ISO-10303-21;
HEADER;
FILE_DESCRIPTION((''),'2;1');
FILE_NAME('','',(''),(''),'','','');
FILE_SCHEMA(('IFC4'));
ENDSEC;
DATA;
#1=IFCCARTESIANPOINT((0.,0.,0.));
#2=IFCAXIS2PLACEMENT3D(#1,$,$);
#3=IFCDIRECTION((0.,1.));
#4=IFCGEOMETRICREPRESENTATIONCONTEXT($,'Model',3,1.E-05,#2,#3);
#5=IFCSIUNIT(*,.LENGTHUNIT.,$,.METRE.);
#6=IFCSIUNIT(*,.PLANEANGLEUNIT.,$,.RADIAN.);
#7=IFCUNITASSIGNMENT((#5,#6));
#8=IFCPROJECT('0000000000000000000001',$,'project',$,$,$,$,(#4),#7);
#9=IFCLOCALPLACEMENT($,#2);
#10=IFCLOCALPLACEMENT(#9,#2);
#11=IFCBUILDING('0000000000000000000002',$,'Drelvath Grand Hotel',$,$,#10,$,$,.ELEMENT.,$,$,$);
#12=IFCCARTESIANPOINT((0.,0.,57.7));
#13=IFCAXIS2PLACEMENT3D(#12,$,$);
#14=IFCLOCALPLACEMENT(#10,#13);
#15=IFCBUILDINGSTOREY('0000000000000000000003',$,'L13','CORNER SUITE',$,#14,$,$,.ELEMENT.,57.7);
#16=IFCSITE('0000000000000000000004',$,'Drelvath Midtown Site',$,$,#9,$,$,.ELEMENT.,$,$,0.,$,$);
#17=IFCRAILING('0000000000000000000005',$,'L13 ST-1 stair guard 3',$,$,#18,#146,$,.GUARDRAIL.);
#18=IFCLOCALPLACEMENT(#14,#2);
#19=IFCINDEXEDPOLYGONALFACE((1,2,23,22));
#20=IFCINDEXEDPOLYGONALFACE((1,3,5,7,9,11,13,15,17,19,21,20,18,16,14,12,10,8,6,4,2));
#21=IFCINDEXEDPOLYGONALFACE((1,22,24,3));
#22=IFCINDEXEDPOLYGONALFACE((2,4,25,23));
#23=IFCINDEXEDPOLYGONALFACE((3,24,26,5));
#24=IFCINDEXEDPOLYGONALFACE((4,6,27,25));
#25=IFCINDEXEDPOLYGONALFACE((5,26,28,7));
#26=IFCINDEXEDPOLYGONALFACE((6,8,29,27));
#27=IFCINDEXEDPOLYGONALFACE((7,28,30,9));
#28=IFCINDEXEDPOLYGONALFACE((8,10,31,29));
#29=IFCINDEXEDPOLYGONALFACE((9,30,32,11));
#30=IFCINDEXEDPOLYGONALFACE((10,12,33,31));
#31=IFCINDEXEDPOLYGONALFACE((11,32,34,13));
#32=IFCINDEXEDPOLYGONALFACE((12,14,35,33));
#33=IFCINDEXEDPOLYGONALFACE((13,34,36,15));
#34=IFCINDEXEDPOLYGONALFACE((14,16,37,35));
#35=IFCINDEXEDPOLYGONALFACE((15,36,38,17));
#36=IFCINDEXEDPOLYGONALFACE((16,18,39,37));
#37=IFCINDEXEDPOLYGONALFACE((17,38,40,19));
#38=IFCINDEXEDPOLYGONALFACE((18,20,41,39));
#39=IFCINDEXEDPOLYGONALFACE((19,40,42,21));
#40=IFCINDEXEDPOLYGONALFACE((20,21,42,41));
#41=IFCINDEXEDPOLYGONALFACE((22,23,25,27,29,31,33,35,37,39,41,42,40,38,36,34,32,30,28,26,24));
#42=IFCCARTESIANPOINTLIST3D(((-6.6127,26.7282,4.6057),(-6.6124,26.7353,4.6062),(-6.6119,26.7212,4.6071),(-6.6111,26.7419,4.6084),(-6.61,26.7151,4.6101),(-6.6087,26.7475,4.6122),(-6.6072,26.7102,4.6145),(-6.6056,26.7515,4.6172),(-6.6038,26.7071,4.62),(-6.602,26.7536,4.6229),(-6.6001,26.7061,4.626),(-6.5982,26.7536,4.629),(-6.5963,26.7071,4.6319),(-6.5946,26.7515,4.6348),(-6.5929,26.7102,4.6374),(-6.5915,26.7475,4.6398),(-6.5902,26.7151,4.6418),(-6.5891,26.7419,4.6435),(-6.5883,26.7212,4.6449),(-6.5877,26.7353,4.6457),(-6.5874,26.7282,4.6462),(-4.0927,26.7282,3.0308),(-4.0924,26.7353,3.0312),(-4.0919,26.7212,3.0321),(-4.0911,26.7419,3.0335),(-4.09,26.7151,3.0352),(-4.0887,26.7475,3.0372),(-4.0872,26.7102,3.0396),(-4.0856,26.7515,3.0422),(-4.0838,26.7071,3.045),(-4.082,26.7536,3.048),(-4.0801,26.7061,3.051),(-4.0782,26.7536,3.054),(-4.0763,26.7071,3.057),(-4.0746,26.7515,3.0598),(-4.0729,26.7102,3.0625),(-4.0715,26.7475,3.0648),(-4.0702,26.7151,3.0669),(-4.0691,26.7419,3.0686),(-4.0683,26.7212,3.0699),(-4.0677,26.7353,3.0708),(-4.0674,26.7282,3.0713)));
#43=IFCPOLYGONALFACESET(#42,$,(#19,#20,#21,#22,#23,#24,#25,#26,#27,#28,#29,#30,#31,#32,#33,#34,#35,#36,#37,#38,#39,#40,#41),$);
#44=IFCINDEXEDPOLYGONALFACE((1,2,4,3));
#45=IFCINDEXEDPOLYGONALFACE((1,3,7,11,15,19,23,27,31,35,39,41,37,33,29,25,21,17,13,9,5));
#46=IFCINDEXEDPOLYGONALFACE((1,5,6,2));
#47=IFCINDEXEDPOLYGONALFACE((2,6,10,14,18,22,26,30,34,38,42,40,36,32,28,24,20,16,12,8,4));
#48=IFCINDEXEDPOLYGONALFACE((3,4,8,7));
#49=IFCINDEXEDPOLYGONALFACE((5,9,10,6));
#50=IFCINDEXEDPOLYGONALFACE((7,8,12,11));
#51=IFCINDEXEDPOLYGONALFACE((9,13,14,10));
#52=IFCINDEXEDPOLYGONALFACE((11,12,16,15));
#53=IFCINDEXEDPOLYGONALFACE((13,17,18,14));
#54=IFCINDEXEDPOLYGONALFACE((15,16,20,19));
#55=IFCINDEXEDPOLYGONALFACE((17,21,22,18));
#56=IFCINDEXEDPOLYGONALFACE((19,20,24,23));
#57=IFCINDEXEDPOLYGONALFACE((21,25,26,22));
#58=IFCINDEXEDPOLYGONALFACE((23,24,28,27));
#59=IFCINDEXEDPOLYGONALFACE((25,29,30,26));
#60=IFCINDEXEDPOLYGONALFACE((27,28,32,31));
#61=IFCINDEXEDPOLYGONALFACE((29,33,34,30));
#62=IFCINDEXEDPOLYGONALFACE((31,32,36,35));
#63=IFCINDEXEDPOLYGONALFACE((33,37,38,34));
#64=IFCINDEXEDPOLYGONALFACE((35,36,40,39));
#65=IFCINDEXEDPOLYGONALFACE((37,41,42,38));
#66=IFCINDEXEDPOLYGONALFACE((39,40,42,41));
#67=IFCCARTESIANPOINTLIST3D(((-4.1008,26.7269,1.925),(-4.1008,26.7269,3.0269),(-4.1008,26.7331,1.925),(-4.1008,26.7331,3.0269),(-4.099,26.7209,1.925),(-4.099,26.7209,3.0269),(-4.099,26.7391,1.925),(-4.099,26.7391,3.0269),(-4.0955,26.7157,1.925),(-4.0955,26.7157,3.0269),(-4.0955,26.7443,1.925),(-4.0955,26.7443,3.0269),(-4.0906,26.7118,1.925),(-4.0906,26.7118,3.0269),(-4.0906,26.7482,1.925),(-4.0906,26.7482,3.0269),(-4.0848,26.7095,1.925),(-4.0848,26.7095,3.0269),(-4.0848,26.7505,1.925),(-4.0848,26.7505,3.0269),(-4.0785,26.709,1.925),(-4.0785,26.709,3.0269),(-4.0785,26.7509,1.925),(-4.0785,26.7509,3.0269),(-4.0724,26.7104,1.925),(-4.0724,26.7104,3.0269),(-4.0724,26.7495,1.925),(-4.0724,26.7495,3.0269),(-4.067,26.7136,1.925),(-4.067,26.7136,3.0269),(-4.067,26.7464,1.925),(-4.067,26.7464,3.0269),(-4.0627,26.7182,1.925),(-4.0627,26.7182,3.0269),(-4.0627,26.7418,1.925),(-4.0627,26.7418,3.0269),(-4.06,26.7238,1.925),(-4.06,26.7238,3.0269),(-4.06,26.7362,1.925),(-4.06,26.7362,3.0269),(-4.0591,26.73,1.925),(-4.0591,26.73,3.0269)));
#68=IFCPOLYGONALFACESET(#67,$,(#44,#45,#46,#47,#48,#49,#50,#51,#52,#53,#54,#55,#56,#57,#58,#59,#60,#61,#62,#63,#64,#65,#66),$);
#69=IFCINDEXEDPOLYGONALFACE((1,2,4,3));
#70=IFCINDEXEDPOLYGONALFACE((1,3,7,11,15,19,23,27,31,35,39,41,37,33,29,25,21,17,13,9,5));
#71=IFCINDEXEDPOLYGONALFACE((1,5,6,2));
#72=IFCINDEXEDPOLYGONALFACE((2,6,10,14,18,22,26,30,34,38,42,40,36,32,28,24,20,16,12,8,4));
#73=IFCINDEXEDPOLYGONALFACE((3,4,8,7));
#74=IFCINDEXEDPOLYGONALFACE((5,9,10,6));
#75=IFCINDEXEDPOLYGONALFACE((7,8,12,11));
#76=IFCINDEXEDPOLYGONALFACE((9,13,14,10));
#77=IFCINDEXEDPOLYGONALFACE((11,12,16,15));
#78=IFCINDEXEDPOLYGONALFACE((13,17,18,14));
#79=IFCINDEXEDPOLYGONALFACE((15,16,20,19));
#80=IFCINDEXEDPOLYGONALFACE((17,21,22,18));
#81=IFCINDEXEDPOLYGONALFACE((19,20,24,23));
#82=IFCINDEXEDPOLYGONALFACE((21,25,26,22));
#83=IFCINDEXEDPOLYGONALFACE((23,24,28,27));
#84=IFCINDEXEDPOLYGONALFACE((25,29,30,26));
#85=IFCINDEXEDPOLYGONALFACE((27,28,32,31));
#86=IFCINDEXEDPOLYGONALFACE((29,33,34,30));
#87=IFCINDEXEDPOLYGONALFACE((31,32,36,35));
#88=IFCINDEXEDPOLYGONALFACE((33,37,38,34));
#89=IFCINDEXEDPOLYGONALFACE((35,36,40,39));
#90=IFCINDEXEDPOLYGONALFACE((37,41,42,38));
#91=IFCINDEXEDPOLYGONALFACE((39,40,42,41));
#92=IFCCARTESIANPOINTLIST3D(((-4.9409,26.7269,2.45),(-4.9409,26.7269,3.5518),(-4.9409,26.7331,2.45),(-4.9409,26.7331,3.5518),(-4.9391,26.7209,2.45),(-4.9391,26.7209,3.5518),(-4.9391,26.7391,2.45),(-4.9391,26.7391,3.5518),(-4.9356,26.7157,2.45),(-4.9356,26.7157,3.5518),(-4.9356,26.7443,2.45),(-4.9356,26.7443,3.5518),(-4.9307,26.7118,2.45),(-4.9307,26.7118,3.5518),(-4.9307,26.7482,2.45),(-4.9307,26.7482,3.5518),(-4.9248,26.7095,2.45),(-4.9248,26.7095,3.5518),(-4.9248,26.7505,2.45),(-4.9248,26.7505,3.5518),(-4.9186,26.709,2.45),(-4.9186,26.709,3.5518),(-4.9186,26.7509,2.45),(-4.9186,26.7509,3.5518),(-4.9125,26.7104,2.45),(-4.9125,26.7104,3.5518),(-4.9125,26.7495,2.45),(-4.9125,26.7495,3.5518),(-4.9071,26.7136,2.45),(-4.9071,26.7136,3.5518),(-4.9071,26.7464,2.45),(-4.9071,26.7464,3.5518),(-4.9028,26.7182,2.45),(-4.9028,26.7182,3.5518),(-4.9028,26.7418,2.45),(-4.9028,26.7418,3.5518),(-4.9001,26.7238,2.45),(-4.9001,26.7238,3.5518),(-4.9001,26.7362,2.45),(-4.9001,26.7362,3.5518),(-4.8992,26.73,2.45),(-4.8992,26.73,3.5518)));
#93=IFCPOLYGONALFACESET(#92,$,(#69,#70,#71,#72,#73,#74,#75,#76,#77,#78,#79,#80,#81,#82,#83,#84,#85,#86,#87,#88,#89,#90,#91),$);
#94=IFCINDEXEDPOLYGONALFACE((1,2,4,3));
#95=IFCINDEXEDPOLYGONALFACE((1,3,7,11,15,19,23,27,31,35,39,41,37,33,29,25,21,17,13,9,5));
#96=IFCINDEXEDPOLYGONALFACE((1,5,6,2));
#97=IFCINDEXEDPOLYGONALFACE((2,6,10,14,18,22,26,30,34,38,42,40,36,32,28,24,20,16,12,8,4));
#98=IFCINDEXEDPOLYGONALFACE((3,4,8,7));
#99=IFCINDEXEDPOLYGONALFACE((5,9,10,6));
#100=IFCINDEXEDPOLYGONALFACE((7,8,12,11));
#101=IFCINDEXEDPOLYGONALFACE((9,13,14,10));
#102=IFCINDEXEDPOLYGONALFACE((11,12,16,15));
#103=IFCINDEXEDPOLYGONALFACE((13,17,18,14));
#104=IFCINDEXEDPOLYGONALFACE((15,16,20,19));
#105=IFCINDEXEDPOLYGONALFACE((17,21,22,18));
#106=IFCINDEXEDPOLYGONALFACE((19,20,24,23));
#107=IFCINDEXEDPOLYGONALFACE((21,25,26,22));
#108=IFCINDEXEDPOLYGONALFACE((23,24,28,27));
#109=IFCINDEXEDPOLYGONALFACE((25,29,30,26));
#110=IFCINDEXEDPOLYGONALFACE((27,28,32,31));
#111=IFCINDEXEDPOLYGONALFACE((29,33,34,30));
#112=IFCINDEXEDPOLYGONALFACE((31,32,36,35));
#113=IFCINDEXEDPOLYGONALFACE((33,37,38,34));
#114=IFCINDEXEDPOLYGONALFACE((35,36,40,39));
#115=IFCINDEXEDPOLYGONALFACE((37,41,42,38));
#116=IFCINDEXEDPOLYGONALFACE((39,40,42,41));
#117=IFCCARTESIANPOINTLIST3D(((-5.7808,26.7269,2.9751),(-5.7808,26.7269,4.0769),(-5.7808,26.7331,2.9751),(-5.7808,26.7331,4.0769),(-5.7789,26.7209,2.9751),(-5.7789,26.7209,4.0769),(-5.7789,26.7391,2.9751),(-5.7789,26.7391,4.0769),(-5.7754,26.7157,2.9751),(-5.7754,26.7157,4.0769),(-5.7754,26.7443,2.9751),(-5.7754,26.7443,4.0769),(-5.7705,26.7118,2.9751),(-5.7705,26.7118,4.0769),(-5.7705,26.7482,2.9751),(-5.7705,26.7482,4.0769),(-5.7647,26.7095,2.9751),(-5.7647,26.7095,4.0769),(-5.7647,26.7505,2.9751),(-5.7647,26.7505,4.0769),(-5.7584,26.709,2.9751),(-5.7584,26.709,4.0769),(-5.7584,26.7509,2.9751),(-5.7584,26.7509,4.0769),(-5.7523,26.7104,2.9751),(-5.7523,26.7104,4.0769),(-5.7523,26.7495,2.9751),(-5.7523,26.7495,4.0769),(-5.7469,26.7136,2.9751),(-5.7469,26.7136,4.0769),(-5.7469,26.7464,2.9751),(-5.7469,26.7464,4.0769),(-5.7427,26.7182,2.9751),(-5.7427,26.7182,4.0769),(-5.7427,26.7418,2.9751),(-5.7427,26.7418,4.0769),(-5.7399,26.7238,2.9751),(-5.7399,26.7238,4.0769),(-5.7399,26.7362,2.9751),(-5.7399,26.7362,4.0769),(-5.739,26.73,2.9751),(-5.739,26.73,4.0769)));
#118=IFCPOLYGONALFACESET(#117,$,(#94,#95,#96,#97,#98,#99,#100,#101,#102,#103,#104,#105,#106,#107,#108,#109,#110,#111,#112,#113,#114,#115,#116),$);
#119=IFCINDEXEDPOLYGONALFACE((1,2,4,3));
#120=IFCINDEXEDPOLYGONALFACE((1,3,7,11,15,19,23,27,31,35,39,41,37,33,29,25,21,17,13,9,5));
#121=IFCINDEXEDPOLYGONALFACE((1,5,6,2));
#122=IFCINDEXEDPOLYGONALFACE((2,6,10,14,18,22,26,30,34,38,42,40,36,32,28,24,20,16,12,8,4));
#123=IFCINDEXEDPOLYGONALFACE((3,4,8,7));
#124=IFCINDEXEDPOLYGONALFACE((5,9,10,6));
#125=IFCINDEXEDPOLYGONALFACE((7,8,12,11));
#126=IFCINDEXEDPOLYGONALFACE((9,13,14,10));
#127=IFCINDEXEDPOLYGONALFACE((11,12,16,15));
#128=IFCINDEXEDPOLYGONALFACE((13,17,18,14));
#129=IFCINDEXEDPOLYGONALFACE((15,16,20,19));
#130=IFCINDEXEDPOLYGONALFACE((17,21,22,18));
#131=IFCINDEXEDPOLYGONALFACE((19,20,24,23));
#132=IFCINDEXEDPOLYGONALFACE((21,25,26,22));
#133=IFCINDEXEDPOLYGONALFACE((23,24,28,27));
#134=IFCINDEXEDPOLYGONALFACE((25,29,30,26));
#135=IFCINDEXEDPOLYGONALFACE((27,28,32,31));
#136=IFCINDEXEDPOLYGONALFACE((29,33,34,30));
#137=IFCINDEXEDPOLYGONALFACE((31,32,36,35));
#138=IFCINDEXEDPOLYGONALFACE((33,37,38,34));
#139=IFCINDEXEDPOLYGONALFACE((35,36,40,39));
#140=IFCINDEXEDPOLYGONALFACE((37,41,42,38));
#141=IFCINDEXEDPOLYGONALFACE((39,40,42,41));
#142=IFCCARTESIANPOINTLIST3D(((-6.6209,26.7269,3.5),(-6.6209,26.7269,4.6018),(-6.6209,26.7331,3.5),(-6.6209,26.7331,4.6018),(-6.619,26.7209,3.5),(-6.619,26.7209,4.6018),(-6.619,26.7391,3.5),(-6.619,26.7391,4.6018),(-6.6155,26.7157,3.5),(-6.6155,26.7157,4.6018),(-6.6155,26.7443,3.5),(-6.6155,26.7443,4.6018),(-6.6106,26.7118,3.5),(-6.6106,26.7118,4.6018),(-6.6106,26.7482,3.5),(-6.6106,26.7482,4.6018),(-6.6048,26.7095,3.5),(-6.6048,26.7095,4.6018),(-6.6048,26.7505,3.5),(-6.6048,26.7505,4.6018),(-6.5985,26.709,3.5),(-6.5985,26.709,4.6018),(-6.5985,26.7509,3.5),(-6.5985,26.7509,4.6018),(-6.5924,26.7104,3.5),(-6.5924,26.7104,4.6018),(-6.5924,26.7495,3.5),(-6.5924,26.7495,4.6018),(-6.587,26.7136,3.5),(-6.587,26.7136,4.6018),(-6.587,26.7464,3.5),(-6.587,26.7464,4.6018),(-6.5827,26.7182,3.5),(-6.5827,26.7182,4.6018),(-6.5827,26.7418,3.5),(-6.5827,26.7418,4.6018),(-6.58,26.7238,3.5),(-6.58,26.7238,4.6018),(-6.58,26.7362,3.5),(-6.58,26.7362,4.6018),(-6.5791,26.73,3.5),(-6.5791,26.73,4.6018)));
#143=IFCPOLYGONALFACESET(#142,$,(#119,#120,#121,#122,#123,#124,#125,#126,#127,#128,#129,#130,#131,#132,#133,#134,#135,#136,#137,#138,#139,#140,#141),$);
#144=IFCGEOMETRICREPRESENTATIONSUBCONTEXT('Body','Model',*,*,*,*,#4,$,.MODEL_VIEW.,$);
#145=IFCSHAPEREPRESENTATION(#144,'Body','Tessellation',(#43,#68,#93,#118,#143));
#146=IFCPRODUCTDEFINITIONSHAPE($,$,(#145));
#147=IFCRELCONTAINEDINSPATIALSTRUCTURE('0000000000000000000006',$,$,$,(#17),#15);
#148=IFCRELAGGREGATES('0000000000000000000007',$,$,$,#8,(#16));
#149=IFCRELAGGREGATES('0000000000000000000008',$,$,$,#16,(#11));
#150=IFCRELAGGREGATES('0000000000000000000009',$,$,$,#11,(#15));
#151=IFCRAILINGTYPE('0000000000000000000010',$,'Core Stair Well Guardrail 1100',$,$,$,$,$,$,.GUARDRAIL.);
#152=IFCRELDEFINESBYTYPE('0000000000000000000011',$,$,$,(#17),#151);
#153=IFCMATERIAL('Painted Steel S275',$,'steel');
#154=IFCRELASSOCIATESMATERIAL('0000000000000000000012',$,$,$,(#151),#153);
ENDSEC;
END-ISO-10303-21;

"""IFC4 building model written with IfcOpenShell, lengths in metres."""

from ifc_helpers import new_model, si_unit, direction, frame, origin, origin_2d, place, context, subcontext, project, spatial, circle, extrude, material, type_object, element, save


model = new_model("IFC4")

# Units and contexts
model_context = context("Model", 3, precision=1e-05, world=origin(), true_north=direction((0.0, 1.0)))
body_context = subcontext(model_context, "Body", "Model", "MODEL_VIEW")
ifc_project = project(units=[si_unit("LENGTHUNIT", "METRE"), si_unit("PLANEANGLEUNIT", "RADIAN")], contexts=[model_context])

# Site, building, storey
site_placement = place(None, origin())
site = spatial("IfcSite", under=ifc_project, at=site_placement, Name="Drelvath Midtown Site", CompositionType="ELEMENT", RefElevation=0.0)
building_placement = place(site_placement, origin())
building = spatial("IfcBuilding", under=site, at=building_placement, Name="Drelvath Grand Hotel", CompositionType="ELEMENT")
storey_placement = place(building_placement, frame((0.0, 0.0, 57.7)))
storey = spatial("IfcBuildingStorey", under=building, at=storey_placement, Name="L13", Description="CORNER SUITE", CompositionType="ELEMENT", Elevation=57.7)

# Shared definitions
ifc_material_1 = material(Name="Painted Steel S275", Category="steel")

# Railing
railing_type_1 = type_object("IfcRailingType", Name="Core Stair Well Guardrail 1100", PredefinedType="GUARDRAIL", material=ifc_material_1)
railing_1_placement = place(storey_placement, frame((-4.0801, 26.73, 1.925)))
element("IfcRailing", 1, at=railing_1_placement, inside=storey, type_object=railing_type_1, Name="L13 ST-1 stair guard 3", PredefinedType="GUARDRAIL", context=body_context, shape_type="SweptSolid", body=[
    extrude(circle(Radius=0.0239, at=origin_2d()), frame((0.0, 0.0, 1.126), z_axis=(-0.848008, 0.0, 0.529984), x_axis=(0.0, -1.0, 0.0)), (0.0, 0.0, 1.0), 2.9717),
    extrude(circle(Radius=0.021, at=origin_2d()), origin(), (0.0, 0.0, 1.0), 1.1018),
    extrude(circle(Radius=0.021, at=origin_2d()), frame((-0.8401, 0.0, 0.5249)), (0.0, 0.0, 1.0), 1.1018),
    extrude(circle(Radius=0.021, at=origin_2d()), frame((-1.6799, 0.0, 1.05)), (0.0, 0.0, 1.0), 1.1018),
    extrude(circle(Radius=0.021, at=origin_2d()), frame((-2.52, 0.0, 1.575)), (0.0, 0.0, 1.0), 1.1018),
])

save(model, "model.ifc")
